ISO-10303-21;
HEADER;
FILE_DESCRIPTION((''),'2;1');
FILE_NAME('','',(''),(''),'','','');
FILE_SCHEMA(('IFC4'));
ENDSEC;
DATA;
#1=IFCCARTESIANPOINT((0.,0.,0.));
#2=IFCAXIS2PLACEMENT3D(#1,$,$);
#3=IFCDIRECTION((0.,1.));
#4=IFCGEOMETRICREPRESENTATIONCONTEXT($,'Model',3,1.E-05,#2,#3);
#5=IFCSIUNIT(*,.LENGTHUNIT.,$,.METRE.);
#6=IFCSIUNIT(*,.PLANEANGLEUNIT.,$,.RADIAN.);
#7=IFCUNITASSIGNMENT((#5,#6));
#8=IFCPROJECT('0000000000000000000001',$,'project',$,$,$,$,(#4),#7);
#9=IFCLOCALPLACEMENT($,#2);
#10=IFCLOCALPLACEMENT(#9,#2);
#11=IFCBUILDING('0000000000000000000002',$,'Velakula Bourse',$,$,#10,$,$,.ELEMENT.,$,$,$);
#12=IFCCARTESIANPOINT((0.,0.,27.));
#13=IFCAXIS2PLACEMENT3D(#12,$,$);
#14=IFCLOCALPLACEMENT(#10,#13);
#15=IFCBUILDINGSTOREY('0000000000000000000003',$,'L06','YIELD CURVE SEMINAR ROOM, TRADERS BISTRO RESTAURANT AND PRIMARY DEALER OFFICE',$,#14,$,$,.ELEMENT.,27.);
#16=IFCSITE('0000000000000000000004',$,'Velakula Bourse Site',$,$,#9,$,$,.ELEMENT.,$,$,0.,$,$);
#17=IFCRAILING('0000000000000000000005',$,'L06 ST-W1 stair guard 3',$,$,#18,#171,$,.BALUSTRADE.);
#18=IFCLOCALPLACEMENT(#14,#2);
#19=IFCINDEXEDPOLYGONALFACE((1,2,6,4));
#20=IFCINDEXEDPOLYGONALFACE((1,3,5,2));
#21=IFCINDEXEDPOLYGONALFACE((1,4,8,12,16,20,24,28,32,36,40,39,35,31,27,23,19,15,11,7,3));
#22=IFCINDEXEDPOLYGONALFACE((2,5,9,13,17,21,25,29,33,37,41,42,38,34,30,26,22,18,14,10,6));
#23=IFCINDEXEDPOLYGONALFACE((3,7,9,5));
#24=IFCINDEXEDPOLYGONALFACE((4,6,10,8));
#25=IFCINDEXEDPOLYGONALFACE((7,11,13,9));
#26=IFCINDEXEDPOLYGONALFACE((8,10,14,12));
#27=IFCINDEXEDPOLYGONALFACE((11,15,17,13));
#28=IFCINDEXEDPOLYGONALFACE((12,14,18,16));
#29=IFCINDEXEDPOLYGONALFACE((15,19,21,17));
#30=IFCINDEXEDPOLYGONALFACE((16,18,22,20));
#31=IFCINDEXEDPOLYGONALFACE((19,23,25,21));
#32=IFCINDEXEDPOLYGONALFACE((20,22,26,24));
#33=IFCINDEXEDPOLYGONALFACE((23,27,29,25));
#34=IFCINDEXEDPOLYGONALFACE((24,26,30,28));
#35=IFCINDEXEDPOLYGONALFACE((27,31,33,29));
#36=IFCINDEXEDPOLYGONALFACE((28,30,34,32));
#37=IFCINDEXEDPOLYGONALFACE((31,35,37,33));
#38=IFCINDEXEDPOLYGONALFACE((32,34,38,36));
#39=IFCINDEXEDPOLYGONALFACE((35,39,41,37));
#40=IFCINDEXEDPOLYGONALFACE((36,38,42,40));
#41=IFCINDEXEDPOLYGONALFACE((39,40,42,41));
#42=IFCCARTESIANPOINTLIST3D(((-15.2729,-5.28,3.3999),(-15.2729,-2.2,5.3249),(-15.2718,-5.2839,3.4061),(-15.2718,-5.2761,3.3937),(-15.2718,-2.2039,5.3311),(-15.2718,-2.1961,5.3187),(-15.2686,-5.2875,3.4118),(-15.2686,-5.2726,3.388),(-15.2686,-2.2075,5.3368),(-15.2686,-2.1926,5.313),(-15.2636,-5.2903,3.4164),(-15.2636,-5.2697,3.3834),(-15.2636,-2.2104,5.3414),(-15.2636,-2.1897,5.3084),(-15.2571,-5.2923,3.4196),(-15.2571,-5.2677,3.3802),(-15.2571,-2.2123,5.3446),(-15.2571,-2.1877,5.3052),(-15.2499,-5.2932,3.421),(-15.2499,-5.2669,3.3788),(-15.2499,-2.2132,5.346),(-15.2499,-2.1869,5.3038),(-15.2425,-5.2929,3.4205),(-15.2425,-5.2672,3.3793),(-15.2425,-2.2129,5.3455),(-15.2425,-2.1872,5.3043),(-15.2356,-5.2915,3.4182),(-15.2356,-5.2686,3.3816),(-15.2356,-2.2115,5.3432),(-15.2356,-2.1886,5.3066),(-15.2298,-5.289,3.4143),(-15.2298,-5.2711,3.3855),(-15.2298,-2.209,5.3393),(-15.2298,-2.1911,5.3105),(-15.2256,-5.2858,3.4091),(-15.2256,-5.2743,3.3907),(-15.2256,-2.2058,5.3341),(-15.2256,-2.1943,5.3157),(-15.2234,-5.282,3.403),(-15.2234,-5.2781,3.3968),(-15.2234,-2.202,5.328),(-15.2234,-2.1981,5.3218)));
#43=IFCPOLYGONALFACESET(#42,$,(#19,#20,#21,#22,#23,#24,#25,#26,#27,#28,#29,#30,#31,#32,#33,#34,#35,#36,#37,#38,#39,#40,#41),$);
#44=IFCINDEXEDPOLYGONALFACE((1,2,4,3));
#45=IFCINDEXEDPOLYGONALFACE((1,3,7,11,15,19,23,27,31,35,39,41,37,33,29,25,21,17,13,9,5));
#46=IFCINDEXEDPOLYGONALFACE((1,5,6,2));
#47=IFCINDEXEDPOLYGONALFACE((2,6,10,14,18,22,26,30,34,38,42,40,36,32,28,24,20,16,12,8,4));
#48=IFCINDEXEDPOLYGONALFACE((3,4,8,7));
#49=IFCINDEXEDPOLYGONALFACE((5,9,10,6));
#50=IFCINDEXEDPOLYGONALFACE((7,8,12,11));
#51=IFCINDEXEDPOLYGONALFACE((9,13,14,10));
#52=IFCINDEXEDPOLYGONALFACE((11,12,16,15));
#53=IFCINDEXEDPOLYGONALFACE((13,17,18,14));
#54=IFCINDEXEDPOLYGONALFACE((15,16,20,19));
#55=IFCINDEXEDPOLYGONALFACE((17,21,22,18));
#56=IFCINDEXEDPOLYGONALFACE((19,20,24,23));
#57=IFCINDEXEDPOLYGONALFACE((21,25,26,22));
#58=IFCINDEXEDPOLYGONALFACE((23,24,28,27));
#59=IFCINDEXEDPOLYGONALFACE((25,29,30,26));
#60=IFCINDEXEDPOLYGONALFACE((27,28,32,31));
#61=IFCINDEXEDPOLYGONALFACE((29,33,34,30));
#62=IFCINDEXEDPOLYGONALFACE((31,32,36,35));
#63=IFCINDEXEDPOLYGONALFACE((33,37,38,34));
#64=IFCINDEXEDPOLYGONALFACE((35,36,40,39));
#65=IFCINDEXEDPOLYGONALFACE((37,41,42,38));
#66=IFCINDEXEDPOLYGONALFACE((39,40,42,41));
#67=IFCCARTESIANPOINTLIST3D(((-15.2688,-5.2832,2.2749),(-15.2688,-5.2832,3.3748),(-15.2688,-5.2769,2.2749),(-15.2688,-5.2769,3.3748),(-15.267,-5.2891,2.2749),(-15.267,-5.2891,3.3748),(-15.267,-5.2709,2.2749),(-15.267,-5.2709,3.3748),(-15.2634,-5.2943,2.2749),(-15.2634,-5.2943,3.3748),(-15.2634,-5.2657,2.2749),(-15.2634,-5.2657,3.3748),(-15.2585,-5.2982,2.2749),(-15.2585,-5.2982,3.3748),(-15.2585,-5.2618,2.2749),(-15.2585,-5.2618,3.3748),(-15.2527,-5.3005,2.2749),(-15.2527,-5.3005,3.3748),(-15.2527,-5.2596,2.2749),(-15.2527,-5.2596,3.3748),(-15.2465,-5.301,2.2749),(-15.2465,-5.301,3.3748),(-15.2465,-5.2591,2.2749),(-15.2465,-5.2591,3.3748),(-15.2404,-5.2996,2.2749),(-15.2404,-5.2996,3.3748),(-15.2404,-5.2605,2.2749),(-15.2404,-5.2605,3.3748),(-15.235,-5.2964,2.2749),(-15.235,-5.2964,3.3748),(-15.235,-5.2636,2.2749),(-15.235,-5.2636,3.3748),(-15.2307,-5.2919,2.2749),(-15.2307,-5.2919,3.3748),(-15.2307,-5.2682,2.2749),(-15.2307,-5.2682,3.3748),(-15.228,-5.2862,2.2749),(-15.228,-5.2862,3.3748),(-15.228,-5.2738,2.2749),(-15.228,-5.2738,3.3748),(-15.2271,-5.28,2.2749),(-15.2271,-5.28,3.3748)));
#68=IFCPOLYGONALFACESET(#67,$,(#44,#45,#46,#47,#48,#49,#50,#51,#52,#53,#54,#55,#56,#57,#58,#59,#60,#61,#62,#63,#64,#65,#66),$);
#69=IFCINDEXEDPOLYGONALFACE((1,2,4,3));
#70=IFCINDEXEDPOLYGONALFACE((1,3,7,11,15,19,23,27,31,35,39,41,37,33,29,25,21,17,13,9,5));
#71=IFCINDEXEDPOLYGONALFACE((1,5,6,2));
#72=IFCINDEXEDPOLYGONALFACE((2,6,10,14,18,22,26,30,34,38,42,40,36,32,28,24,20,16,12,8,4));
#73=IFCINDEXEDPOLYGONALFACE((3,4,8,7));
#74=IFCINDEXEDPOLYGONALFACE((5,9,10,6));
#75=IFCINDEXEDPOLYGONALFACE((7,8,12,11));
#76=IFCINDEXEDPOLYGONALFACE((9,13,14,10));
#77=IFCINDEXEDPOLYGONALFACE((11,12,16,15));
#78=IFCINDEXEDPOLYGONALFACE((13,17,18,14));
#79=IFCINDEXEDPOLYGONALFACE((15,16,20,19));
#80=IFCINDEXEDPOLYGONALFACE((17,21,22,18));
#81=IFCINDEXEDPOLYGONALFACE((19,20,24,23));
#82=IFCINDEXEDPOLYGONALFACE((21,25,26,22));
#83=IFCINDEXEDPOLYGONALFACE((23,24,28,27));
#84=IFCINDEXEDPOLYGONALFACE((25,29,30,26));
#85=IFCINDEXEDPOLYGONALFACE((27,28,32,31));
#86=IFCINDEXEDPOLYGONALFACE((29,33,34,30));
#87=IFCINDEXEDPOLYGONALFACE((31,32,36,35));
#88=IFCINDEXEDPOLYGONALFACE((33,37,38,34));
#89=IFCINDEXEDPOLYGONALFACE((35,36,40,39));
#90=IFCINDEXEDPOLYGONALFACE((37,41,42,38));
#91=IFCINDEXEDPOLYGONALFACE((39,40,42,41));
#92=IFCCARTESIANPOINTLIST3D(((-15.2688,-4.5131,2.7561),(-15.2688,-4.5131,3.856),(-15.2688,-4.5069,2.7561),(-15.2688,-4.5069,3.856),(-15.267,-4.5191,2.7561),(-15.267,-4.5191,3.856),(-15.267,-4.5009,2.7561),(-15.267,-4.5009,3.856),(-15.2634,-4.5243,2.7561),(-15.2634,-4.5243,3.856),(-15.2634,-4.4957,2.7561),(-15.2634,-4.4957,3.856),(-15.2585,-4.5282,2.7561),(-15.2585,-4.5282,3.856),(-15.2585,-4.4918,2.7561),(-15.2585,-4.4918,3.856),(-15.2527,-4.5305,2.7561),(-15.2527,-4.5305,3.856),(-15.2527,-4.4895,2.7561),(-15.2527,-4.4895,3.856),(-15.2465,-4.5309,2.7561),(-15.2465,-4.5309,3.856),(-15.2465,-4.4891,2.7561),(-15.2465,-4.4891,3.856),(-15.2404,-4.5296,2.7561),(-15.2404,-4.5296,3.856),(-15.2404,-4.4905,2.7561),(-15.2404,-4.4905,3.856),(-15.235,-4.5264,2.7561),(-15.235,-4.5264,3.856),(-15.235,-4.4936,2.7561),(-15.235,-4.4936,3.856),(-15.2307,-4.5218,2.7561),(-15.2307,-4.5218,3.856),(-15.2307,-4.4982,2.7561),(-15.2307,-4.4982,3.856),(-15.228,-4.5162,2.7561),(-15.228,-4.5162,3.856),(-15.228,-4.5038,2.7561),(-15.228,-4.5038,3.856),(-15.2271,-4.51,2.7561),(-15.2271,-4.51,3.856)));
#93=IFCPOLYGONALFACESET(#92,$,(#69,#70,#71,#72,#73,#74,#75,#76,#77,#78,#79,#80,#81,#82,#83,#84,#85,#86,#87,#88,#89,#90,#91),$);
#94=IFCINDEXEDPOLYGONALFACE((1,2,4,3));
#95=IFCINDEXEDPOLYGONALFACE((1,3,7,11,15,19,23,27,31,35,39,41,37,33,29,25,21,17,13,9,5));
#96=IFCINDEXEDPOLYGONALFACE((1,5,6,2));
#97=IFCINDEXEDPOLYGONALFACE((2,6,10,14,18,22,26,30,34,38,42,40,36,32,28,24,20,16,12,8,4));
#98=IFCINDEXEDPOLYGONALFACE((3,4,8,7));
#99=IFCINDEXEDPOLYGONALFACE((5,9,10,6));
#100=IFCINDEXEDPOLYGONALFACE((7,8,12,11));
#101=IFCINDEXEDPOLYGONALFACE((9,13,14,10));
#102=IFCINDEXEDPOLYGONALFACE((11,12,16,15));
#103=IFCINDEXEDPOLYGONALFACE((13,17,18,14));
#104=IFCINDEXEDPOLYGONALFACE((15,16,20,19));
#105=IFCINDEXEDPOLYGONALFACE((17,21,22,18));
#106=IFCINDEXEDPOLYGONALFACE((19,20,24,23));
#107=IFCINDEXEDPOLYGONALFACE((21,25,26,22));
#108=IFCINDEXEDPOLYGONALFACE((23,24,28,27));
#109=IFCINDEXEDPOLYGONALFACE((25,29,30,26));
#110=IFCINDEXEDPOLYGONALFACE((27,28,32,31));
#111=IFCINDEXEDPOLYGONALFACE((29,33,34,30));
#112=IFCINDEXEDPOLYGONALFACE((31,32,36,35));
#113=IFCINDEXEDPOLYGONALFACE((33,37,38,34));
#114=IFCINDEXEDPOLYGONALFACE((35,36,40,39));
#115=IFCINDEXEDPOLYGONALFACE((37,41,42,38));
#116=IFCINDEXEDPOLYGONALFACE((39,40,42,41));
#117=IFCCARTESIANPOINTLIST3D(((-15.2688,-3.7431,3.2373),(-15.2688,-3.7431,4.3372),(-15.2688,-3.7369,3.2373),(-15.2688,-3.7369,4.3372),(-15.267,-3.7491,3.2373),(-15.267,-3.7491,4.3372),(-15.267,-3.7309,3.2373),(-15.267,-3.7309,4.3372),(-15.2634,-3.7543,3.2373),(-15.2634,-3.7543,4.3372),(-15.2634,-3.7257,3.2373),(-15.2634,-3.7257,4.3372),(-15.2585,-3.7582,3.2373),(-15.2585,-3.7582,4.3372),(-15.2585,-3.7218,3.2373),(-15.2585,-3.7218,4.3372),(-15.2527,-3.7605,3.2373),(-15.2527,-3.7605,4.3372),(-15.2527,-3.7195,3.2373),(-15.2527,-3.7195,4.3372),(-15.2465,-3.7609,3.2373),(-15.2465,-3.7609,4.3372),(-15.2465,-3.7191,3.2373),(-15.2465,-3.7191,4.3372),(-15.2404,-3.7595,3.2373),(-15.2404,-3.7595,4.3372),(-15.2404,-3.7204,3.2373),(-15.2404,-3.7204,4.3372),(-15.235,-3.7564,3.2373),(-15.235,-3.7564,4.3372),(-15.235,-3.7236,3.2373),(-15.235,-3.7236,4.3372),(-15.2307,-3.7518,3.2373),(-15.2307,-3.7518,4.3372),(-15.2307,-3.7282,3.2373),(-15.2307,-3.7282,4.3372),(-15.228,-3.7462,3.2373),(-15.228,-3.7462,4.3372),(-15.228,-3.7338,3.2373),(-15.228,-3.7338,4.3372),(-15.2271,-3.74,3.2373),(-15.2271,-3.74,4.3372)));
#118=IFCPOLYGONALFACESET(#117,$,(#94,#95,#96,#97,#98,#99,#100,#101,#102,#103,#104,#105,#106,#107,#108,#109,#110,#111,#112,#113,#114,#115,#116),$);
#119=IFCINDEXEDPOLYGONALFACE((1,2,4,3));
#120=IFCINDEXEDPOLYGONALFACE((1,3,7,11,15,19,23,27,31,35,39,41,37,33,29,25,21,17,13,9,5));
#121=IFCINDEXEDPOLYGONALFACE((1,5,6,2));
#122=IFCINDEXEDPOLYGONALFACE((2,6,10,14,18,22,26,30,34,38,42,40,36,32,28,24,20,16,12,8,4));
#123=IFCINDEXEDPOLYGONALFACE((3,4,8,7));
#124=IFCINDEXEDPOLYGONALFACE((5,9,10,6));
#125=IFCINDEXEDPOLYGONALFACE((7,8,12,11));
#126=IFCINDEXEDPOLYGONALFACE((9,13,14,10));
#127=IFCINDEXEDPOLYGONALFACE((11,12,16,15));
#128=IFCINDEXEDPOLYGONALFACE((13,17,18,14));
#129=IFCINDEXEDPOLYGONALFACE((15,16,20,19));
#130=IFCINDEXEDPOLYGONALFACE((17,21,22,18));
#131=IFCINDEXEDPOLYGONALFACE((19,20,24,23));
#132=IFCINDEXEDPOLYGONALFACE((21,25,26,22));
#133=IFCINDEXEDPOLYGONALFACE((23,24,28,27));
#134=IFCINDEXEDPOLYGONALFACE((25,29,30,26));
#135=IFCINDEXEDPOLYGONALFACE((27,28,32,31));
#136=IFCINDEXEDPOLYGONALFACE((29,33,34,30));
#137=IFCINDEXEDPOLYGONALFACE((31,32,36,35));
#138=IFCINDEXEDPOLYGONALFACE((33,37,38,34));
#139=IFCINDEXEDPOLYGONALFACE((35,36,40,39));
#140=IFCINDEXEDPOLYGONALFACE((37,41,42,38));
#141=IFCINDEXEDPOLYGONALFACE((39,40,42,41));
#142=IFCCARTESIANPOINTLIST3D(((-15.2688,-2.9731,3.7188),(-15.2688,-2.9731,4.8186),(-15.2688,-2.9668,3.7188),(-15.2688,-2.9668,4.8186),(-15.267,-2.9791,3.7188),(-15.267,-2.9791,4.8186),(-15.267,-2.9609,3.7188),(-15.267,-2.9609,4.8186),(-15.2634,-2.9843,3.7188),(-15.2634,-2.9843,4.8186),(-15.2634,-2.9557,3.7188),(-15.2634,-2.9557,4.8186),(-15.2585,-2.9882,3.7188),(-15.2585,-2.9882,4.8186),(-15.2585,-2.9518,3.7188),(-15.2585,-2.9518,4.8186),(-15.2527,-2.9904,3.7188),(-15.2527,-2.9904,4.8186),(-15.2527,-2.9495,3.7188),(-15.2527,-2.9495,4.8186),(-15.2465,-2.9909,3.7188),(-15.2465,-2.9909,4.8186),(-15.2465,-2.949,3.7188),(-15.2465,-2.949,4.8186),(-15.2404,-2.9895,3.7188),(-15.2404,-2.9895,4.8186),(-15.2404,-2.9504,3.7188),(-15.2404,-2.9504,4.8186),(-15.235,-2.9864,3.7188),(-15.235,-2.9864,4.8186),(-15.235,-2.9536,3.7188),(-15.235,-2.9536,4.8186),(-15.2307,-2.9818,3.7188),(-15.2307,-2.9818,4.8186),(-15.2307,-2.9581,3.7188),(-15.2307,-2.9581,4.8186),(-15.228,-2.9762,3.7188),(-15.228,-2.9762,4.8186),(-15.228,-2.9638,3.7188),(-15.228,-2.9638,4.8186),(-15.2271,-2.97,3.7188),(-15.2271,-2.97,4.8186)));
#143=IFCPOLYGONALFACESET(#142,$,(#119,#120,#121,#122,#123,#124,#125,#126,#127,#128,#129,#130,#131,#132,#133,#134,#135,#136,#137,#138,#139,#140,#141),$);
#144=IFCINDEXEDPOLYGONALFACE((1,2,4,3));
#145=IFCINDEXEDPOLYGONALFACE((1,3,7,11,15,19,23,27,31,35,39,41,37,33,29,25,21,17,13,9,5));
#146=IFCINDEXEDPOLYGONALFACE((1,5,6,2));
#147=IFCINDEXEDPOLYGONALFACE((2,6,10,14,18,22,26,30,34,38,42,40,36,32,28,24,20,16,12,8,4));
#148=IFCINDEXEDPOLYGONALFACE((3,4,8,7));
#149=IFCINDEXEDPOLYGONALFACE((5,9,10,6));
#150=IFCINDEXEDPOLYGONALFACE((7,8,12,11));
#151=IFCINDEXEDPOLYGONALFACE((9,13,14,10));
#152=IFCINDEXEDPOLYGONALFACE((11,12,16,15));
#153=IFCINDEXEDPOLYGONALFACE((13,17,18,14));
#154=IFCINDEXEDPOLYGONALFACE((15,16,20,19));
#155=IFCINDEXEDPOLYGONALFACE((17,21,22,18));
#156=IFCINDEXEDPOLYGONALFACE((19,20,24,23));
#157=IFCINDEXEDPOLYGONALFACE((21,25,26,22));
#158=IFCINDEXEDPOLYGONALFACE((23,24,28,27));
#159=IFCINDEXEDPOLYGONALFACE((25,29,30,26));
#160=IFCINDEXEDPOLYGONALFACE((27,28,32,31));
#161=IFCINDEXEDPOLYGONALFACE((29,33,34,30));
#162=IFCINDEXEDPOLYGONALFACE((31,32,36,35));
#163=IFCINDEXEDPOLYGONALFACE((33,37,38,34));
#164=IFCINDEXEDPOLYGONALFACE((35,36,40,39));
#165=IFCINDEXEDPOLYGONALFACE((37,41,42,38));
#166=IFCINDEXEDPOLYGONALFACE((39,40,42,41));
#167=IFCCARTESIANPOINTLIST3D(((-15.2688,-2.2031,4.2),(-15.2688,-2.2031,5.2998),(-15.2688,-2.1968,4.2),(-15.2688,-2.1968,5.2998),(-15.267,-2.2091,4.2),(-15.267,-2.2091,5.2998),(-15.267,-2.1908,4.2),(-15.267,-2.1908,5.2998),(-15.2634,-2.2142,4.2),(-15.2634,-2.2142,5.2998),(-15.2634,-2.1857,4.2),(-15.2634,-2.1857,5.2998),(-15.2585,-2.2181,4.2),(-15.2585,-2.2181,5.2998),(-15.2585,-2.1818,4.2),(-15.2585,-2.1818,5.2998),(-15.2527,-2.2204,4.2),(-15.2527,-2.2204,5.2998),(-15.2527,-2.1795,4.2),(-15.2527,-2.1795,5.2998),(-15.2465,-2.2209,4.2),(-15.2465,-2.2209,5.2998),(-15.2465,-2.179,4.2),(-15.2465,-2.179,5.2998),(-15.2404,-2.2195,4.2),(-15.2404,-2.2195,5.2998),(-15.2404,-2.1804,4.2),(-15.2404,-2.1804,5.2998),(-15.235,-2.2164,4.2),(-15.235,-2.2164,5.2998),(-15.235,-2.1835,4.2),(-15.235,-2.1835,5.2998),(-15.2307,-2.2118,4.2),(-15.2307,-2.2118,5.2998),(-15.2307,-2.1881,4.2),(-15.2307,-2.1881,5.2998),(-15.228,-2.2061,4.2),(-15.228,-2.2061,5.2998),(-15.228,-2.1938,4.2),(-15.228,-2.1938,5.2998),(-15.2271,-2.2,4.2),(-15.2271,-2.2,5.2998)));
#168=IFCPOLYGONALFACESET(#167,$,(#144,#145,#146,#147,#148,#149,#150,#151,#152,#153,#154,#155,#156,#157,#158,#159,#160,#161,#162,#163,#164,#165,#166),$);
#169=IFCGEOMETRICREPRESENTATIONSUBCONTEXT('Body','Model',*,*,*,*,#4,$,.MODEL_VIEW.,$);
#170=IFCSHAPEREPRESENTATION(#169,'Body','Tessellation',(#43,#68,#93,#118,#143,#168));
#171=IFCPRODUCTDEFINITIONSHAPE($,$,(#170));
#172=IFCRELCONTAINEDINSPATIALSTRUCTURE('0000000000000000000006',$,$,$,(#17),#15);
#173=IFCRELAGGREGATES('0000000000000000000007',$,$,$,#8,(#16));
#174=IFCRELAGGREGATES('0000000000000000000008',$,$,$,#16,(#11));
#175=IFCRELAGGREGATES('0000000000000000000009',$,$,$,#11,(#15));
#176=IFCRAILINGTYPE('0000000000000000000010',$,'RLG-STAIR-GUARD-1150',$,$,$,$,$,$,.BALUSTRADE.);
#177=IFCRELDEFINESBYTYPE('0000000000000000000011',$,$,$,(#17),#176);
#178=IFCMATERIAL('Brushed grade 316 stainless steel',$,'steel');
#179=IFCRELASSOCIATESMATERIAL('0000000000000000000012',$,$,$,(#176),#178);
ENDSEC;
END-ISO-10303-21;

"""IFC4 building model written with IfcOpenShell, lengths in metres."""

from ifc_helpers import new_model, si_unit, direction, frame, origin, origin_2d, place, context, subcontext, project, spatial, circle, extrude, material, type_object, element, save


model = new_model("IFC4")

# Units and contexts
model_context = context("Model", 3, precision=1e-05, world=origin(), true_north=direction((0.0, 1.0)))
body_context = subcontext(model_context, "Body", "Model", "MODEL_VIEW")
ifc_project = project(units=[si_unit("LENGTHUNIT", "METRE"), si_unit("PLANEANGLEUNIT", "RADIAN")], contexts=[model_context])

# Site, building, storey
site_placement = place(None, origin())
site = spatial("IfcSite", under=ifc_project, at=site_placement, Name="Velakula Bourse Site", CompositionType="ELEMENT", RefElevation=0.0)
building_placement = place(site_placement, origin())
building = spatial("IfcBuilding", under=site, at=building_placement, Name="Velakula Bourse", CompositionType="ELEMENT")
storey_placement = place(building_placement, frame((0.0, 0.0, 27.0)))
storey = spatial("IfcBuildingStorey", under=building, at=storey_placement, Name="L06", Description="YIELD CURVE SEMINAR ROOM, TRADERS BISTRO RESTAURANT AND PRIMARY DEALER OFFICE", CompositionType="ELEMENT", Elevation=27.0)

# Shared definitions
ifc_material_1 = material(Name="Brushed grade 316 stainless steel", Category="steel")

# Railing
railing_type_1 = type_object("IfcRailingType", Name="RLG-STAIR-GUARD-1150", PredefinedType="BALUSTRADE", material=ifc_material_1)
railing_1_placement = place(storey_placement, frame((-15.248, -5.28, 2.2749)))
element("IfcRailing", 1, at=railing_1_placement, inside=storey, type_object=railing_type_1, Name="L06 ST-W1 stair guard 3", PredefinedType="BALUSTRADE", context=body_context, shape_type="SweptSolid", body=[
    extrude(circle(Radius=0.0249, at=origin_2d()), frame((0.0, 0.0, 1.125), z_axis=(0.0, 0.847998, 0.529999), x_axis=(-1.0, 0.0, 0.0)), (0.0, 0.0, 1.0), 3.6321),
    extrude(circle(Radius=0.021, at=origin_2d()), origin(), (0.0, 0.0, 1.0), 1.0999),
    extrude(circle(Radius=0.021, at=origin_2d()), frame((0.0, 0.77, 0.4812)), (0.0, 0.0, 1.0), 1.0999),
    extrude(circle(Radius=0.021, at=origin_2d()), frame((0.0, 1.54, 0.9624)), (0.0, 0.0, 1.0), 1.0999),
    extrude(circle(Radius=0.021, at=origin_2d()), frame((0.0, 2.3101, 1.4438)), (0.0, 0.0, 1.0), 1.0999),
    extrude(circle(Radius=0.021, at=origin_2d()), frame((0.0, 3.0801, 1.925)), (0.0, 0.0, 1.0), 1.0999),
])

save(model, "model.ifc")
